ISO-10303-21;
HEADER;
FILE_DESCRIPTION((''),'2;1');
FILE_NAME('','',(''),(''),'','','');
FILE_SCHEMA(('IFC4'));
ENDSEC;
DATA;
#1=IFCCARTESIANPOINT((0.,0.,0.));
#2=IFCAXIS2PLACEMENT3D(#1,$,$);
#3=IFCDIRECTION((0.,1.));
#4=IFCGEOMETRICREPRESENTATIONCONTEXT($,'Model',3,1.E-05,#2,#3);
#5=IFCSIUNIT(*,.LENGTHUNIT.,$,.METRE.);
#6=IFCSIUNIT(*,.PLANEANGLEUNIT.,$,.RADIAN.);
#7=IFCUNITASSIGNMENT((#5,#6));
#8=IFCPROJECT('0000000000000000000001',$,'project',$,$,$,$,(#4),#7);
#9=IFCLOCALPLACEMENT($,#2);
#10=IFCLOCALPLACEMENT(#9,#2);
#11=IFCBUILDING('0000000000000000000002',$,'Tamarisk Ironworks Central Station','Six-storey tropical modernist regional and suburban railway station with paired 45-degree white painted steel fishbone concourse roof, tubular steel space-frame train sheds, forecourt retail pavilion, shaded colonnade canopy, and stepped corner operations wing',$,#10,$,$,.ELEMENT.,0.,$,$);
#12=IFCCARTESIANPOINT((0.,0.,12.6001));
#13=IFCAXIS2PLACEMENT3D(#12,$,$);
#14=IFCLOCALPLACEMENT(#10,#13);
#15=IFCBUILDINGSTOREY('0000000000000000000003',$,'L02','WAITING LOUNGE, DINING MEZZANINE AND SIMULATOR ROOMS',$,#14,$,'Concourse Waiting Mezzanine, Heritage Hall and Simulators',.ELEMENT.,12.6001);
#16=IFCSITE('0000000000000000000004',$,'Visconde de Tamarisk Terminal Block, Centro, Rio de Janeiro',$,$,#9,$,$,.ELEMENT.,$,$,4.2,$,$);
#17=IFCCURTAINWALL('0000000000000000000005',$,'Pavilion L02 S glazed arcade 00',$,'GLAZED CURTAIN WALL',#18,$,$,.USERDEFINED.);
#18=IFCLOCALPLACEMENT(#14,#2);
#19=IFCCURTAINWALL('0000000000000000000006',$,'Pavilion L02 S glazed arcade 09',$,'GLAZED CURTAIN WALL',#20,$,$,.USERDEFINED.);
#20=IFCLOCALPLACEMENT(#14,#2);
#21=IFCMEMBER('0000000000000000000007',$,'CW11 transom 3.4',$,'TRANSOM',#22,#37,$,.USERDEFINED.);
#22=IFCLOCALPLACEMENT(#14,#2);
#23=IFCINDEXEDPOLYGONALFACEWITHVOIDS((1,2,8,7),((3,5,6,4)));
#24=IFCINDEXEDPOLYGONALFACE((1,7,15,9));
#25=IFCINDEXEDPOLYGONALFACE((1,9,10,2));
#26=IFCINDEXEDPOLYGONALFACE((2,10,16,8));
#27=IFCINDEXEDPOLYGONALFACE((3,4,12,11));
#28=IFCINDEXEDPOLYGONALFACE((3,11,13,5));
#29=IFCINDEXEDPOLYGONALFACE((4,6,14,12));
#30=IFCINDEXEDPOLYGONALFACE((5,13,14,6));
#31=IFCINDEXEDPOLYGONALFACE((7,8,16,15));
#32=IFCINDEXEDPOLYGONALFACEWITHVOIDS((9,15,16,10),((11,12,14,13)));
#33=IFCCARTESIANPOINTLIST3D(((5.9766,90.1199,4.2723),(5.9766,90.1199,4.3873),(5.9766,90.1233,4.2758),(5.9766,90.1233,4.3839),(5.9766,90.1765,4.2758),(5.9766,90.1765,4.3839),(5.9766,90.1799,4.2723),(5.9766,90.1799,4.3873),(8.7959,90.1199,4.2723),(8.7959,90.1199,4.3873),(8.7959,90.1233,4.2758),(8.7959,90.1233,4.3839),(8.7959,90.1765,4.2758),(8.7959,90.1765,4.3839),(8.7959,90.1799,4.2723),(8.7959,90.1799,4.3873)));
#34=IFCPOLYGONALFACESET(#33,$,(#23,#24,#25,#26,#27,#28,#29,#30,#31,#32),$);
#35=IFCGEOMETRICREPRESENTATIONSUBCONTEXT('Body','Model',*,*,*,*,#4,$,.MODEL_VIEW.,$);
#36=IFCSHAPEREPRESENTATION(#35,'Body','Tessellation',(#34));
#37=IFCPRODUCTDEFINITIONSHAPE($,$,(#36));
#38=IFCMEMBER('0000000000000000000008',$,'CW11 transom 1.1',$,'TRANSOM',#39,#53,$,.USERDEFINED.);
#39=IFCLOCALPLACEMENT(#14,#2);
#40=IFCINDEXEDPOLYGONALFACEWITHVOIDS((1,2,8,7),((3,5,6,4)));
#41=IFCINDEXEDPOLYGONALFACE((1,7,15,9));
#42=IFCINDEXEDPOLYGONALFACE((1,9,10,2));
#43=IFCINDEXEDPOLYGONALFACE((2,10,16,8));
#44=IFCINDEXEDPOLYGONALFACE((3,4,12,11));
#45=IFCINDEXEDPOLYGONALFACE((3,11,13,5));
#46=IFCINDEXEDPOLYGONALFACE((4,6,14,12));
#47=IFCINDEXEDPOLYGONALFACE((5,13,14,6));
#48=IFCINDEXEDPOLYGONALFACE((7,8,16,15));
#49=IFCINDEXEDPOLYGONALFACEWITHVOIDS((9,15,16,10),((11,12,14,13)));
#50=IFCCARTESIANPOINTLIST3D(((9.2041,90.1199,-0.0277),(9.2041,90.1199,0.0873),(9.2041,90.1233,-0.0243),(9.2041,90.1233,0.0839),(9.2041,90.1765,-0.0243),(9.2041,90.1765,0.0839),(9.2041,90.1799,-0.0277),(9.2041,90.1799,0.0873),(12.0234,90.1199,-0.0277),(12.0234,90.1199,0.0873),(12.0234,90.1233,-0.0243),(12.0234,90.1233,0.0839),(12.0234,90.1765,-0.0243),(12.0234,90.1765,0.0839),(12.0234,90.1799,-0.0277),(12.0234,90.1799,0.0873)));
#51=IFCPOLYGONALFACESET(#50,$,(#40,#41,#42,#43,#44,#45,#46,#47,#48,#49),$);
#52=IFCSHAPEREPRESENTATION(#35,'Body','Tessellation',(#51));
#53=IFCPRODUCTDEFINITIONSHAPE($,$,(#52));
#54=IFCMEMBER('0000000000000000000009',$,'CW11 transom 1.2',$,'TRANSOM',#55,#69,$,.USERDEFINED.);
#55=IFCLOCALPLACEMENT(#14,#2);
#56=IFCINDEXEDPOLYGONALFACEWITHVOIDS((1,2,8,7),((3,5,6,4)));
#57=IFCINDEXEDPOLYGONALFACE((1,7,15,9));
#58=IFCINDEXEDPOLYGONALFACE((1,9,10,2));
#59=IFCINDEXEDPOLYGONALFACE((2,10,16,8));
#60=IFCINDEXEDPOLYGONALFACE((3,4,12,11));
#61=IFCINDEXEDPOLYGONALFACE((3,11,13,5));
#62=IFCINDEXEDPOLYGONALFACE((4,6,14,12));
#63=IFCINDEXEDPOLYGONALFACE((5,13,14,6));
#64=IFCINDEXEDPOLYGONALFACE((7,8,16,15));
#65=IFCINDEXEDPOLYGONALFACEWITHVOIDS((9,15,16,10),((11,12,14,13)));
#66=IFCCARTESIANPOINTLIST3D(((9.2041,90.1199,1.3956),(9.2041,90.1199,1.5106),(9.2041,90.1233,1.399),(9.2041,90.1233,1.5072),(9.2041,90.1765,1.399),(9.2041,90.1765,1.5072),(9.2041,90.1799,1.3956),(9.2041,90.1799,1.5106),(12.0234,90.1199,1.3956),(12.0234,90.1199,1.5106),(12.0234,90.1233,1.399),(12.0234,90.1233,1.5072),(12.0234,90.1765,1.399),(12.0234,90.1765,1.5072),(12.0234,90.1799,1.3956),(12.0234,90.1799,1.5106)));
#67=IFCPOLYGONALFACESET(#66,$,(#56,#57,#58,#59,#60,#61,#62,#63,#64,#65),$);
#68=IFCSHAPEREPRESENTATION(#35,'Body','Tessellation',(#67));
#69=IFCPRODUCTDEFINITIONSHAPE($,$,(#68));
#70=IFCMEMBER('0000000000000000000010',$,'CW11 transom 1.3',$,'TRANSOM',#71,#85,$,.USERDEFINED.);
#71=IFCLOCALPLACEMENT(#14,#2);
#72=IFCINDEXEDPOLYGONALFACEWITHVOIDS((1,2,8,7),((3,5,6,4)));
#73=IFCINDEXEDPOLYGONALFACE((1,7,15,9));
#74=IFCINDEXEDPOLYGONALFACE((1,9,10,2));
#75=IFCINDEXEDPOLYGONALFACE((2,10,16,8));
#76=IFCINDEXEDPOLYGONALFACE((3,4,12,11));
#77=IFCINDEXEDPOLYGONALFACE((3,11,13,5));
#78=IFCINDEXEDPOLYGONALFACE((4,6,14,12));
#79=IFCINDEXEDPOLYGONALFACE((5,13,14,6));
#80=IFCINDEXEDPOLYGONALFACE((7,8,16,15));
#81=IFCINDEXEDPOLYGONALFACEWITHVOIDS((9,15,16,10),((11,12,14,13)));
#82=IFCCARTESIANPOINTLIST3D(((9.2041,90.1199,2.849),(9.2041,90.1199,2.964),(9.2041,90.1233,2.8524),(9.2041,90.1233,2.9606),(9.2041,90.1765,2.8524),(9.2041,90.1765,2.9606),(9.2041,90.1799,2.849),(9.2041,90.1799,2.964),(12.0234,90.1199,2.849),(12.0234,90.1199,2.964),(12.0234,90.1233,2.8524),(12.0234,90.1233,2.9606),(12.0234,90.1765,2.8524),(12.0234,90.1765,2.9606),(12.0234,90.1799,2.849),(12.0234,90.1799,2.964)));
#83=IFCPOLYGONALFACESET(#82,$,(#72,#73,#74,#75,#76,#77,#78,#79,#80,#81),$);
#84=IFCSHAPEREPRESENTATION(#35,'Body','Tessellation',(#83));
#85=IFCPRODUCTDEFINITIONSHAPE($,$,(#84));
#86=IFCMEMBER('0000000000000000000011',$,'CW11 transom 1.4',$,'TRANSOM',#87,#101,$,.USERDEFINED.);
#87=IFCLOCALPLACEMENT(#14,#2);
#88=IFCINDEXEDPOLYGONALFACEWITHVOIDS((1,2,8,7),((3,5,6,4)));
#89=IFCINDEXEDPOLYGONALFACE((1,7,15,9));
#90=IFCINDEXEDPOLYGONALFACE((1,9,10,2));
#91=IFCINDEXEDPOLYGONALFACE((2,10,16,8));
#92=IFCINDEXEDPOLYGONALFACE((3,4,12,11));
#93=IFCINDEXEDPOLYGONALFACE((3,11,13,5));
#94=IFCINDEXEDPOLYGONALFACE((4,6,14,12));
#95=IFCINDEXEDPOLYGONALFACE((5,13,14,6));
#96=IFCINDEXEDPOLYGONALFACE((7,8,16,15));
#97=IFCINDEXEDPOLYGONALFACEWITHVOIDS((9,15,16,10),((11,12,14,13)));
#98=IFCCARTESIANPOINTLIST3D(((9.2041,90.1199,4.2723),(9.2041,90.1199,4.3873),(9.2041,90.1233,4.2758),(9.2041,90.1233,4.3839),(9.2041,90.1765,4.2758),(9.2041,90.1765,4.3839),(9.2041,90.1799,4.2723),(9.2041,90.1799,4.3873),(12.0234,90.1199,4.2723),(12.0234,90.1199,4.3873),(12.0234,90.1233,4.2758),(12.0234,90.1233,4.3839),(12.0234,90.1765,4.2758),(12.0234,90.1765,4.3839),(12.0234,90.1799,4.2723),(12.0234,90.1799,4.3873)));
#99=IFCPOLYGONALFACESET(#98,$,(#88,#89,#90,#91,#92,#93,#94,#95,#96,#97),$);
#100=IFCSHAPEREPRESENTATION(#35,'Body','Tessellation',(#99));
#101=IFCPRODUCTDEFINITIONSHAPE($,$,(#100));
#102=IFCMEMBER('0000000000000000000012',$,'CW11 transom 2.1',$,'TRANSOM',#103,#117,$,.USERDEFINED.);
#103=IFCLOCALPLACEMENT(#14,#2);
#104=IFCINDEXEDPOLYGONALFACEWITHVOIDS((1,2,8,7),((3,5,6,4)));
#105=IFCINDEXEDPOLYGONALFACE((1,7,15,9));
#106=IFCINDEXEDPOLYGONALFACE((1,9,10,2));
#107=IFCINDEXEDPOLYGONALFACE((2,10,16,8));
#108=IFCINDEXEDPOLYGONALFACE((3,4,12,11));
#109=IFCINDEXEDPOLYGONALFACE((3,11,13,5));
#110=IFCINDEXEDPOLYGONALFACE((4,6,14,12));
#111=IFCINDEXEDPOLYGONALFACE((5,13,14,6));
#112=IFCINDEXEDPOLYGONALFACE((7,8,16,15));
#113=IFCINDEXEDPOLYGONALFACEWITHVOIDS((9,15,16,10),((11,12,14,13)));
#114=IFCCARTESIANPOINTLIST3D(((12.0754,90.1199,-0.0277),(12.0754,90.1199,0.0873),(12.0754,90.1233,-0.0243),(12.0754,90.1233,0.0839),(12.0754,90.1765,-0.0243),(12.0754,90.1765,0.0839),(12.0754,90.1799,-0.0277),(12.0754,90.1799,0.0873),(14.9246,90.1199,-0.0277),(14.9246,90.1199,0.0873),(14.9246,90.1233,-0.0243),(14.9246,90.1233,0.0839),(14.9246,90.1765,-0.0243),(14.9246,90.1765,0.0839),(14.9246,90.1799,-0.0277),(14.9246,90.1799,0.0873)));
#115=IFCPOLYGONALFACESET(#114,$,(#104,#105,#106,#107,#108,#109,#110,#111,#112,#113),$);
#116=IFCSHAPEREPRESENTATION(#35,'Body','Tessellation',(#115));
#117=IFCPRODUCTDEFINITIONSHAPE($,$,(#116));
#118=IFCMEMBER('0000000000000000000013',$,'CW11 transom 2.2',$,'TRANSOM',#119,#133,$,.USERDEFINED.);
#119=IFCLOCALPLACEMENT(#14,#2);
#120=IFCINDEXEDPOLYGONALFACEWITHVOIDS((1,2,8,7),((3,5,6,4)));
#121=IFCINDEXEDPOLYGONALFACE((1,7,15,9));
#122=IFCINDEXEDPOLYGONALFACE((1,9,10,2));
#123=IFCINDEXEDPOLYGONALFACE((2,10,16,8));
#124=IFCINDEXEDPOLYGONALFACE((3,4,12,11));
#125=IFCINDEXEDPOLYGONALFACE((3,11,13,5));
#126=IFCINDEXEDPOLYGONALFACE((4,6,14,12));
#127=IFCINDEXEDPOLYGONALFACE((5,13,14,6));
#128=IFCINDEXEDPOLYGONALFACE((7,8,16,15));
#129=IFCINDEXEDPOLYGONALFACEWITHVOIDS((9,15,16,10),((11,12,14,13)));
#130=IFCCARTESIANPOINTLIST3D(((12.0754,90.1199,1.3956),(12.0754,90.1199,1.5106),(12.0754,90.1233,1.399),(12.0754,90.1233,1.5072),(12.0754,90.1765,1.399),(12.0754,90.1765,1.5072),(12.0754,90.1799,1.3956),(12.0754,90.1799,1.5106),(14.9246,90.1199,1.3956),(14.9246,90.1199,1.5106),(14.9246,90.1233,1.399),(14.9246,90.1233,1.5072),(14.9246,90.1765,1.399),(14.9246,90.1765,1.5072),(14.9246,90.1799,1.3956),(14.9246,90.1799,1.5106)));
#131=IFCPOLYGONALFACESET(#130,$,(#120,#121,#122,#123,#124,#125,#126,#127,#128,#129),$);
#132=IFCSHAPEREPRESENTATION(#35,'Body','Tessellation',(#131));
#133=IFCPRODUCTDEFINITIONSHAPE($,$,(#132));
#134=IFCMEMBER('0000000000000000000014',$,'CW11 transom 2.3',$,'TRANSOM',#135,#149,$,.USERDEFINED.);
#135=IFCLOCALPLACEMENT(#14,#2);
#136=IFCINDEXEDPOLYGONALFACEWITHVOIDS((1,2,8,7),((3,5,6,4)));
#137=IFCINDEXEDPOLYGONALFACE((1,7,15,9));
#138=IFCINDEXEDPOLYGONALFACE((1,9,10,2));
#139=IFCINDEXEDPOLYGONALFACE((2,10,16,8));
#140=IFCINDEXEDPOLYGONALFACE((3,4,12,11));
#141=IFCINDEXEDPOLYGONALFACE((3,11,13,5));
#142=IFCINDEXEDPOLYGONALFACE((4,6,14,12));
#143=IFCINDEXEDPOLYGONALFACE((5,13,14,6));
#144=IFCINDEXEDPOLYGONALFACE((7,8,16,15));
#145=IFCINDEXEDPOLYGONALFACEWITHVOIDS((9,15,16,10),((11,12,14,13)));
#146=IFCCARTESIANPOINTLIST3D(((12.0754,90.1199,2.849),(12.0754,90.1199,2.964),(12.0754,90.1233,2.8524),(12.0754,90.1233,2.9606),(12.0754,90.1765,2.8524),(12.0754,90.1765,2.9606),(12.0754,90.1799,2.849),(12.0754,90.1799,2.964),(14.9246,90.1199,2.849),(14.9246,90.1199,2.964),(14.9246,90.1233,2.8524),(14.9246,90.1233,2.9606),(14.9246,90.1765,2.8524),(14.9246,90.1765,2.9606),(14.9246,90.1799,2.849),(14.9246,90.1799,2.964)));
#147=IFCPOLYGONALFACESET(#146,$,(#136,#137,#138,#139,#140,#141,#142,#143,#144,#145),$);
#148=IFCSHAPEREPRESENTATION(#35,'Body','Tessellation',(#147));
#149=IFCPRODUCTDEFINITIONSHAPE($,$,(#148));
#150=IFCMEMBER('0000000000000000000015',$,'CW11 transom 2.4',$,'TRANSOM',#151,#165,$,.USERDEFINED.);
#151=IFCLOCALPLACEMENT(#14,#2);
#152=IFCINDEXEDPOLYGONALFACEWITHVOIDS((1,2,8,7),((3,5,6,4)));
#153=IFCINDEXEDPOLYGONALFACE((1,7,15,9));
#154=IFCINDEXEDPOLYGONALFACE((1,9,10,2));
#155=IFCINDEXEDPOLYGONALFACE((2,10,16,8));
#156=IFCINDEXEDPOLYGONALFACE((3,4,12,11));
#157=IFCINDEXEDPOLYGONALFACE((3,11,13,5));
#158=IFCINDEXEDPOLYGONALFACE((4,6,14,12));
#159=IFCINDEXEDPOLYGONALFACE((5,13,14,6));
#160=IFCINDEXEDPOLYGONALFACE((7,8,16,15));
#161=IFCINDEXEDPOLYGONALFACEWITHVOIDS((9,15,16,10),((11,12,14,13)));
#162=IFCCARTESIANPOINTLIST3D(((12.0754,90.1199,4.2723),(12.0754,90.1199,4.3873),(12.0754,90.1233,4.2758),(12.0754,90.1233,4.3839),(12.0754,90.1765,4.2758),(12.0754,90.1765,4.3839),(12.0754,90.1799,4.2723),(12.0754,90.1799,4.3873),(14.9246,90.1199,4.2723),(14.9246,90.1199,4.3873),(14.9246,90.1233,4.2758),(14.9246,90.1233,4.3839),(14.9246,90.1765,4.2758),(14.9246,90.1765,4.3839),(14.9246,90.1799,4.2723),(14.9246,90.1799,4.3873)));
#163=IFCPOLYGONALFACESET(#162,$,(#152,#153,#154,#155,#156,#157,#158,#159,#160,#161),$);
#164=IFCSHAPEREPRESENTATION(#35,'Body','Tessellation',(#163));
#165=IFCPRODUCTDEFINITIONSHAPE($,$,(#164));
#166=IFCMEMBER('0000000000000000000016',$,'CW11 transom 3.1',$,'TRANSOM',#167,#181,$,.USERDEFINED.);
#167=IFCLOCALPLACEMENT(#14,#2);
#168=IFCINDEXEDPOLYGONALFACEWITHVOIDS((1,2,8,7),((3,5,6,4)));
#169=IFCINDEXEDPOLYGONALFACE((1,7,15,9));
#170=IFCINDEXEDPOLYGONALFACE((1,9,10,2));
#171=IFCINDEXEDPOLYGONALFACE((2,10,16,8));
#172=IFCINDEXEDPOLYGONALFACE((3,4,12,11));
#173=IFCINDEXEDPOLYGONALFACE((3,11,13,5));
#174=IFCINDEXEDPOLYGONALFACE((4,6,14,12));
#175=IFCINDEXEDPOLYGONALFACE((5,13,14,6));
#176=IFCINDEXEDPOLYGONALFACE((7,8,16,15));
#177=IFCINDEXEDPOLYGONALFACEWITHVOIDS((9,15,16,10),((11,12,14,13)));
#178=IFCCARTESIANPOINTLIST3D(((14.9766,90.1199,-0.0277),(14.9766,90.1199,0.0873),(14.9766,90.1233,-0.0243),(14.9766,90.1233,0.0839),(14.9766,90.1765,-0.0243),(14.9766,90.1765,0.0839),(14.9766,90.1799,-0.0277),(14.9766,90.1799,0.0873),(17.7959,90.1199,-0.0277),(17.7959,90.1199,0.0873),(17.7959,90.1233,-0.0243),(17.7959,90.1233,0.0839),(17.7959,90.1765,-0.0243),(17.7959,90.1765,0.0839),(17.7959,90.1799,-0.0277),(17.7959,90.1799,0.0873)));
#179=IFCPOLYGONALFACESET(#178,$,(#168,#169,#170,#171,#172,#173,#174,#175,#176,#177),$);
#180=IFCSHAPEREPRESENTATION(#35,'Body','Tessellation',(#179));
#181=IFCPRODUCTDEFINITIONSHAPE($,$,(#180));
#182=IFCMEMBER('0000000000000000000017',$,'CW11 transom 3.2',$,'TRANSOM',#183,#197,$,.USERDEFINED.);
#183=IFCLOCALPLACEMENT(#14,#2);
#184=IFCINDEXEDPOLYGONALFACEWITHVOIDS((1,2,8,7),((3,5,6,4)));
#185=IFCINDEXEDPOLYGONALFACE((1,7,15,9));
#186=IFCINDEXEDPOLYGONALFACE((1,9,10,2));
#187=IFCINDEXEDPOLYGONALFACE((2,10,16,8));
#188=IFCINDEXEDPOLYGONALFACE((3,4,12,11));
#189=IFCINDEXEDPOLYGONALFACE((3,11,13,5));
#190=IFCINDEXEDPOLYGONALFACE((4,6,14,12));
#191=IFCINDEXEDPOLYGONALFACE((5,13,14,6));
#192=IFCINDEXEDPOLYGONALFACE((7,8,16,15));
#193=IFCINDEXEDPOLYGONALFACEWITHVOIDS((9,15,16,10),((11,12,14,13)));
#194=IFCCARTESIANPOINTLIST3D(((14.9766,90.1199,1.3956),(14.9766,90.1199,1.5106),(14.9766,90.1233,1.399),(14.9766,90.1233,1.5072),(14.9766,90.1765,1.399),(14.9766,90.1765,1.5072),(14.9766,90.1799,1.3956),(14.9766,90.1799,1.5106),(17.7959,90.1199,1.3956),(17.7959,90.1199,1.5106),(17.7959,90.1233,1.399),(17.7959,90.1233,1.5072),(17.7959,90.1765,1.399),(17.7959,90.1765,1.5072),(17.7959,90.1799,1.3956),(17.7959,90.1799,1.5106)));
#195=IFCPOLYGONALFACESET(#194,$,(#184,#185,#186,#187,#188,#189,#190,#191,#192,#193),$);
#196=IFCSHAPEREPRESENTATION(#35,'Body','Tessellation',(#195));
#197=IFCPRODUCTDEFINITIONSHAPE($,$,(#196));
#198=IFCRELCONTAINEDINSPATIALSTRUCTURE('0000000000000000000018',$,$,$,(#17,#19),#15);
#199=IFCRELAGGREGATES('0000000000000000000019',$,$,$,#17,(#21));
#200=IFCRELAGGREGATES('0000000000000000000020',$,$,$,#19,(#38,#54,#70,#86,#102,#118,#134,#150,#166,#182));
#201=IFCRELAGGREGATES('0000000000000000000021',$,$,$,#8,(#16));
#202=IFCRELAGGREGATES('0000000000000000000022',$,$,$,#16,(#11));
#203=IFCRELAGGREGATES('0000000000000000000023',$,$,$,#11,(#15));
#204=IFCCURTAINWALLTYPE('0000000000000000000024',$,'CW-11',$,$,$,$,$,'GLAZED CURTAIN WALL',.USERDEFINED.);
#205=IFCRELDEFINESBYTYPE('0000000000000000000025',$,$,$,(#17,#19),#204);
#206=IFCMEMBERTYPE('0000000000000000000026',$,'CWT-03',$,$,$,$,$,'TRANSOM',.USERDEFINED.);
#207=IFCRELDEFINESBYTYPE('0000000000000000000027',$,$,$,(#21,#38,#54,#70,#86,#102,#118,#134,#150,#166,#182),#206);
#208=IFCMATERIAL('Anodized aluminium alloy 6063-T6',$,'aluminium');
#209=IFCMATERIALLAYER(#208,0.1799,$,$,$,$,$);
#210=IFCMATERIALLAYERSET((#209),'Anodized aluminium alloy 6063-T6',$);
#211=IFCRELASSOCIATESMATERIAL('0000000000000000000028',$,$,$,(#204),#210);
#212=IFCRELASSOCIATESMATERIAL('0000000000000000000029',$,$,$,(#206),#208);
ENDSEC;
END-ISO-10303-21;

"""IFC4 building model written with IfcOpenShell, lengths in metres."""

from ifc_helpers import new_model, si_unit, direction, frame, origin, origin_2d, place, context, subcontext, project, spatial, hollow_rectangle, extrude, material, layer, layer_set, material_profile, profile_set, type_object, element, aggregate, save


model = new_model("IFC4")

# Units and contexts
model_context = context("Model", 3, precision=1e-05, world=origin(), true_north=direction((0.0, 1.0)))
body_context = subcontext(model_context, "Body", "Model", "MODEL_VIEW")
ifc_project = project(units=[si_unit("LENGTHUNIT", "METRE"), si_unit("PLANEANGLEUNIT", "RADIAN")], contexts=[model_context])

# Site, building, storey
site_placement = place(None, origin())
site = spatial("IfcSite", under=ifc_project, at=site_placement, Name="Visconde de Tamarisk Terminal Block, Centro, Rio de Janeiro", CompositionType="ELEMENT", RefElevation=4.2)
building_placement = place(site_placement, origin())
building = spatial("IfcBuilding", under=site, at=building_placement, Name="Tamarisk Ironworks Central Station", Description="Six-storey tropical modernist regional and suburban railway station with paired 45-degree white painted steel fishbone concourse roof, tubular steel space-frame train sheds, forecourt retail pavilion, shaded colonnade canopy, and stepped corner operations wing", CompositionType="ELEMENT", ElevationOfRefHeight=0.0)
storey_placement = place(building_placement, frame((0.0, 0.0, 12.6001)))
storey = spatial("IfcBuildingStorey", under=building, at=storey_placement, Name="L02", Description="WAITING LOUNGE, DINING MEZZANINE AND SIMULATOR ROOMS", LongName="Concourse Waiting Mezzanine, Heritage Hall and Simulators", CompositionType="ELEMENT", Elevation=12.6001)

# Curtain wall
ifc_material_1 = material(Name="Anodized aluminium alloy 6063-T6", Category="aluminium")
ifc_layer_1 = layer(ifc_material_1, 0.1799)
ifc_layer_set_1 = layer_set([ifc_layer_1], Name="Anodized aluminium alloy 6063-T6")
curtain_wall_type = type_object("IfcCurtainWallType", Name="CW-11", ElementType="GLAZED CURTAIN WALL", PredefinedType="USERDEFINED", material=ifc_layer_set_1)
curtain_wall_1_placement = place(storey_placement, origin())
curtain_wall_1 = element("IfcCurtainWall", 1, at=curtain_wall_1_placement, inside=storey, type_object=curtain_wall_type, Name="Pavilion L02 S glazed arcade 00", ObjectType="GLAZED CURTAIN WALL", PredefinedType="USERDEFINED")

# Curtain wall
curtain_wall_2_placement = place(storey_placement, origin())
curtain_wall_2 = element("IfcCurtainWall", 2, at=curtain_wall_2_placement, inside=storey, type_object=curtain_wall_type, Name="Pavilion L02 S glazed arcade 09", ObjectType="GLAZED CURTAIN WALL", PredefinedType="USERDEFINED")

# Members
ifc_material_profile_1 = material_profile(ifc_material_1, hollow_rectangle(XDim=0.0601, YDim=0.115, WallThickness=0.0034, at=origin_2d()), Name="ALUM 115x60")
ifc_profile_set_1 = profile_set([ifc_material_profile_1], Name="Anodized aluminium alloy 6063-T6")
member_type_1 = type_object("IfcMemberType", Name="CWT-03", ElementType="TRANSOM", PredefinedType="USERDEFINED", material=ifc_profile_set_1)
member_1_placement = place(storey_placement, frame((5.9766, 90.1499, 4.3298), z_axis=(1.0, 0.0, 0.0), x_axis=(0.0, 1.0, 0.0)))
member_1 = element("IfcMember", 3, at=member_1_placement, type_object=member_type_1, Name="CW11 transom 3.4", ObjectType="TRANSOM", PredefinedType="USERDEFINED", context=body_context, shape_type="SweptSolid", body=[
    extrude(hollow_rectangle(XDim=0.0601, YDim=0.115, WallThickness=0.0034, at=origin_2d()), origin(), (0.0, 0.0, 1.0), 2.8193),
])
member_2_placement = place(storey_placement, frame((9.2041, 90.1499, 0.0298), z_axis=(1.0, 0.0, 0.0), x_axis=(0.0, 1.0, 0.0)))
member_2 = element("IfcMember", 4, at=member_2_placement, type_object=member_type_1, Name="CW11 transom 1.1", ObjectType="TRANSOM", PredefinedType="USERDEFINED", context=body_context, shape_type="SweptSolid", body=[
    extrude(hollow_rectangle(XDim=0.0601, YDim=0.115, WallThickness=0.0034, at=origin_2d()), origin(), (0.0, 0.0, 1.0), 2.8193),
])
member_3_placement = place(storey_placement, frame((9.2041, 90.1499, 1.4531), z_axis=(1.0, 0.0, 0.0), x_axis=(0.0, 1.0, 0.0)))
member_3 = element("IfcMember", 5, at=member_3_placement, type_object=member_type_1, Name="CW11 transom 1.2", ObjectType="TRANSOM", PredefinedType="USERDEFINED", context=body_context, shape_type="SweptSolid", body=[
    extrude(hollow_rectangle(XDim=0.0601, YDim=0.115, WallThickness=0.0034, at=origin_2d()), origin(), (0.0, 0.0, 1.0), 2.8193),
])
member_4_placement = place(storey_placement, frame((9.2041, 90.1499, 2.9065), z_axis=(1.0, 0.0, 0.0), x_axis=(0.0, 1.0, 0.0)))
member_4 = element("IfcMember", 6, at=member_4_placement, type_object=member_type_1, Name="CW11 transom 1.3", ObjectType="TRANSOM", PredefinedType="USERDEFINED", context=body_context, shape_type="SweptSolid", body=[
    extrude(hollow_rectangle(XDim=0.0601, YDim=0.115, WallThickness=0.0034, at=origin_2d()), origin(), (0.0, 0.0, 1.0), 2.8193),
])
member_5_placement = place(storey_placement, frame((9.2041, 90.1499, 4.3298), z_axis=(1.0, 0.0, 0.0), x_axis=(0.0, 1.0, 0.0)))
member_5 = element("IfcMember", 7, at=member_5_placement, type_object=member_type_1, Name="CW11 transom 1.4", ObjectType="TRANSOM", PredefinedType="USERDEFINED", context=body_context, shape_type="SweptSolid", body=[
    extrude(hollow_rectangle(XDim=0.0601, YDim=0.115, WallThickness=0.0034, at=origin_2d()), origin(), (0.0, 0.0, 1.0), 2.8193),
])
member_6_placement = place(storey_placement, frame((12.0754, 90.1499, 0.0298), z_axis=(1.0, 0.0, 0.0), x_axis=(0.0, 1.0, 0.0)))
member_6 = element("IfcMember", 8, at=member_6_placement, type_object=member_type_1, Name="CW11 transom 2.1", ObjectType="TRANSOM", PredefinedType="USERDEFINED", context=body_context, shape_type="SweptSolid", body=[
    extrude(hollow_rectangle(XDim=0.0601, YDim=0.115, WallThickness=0.0034, at=origin_2d()), origin(), (0.0, 0.0, 1.0), 2.8491),
])
member_7_placement = place(storey_placement, frame((12.0754, 90.1499, 1.4531), z_axis=(1.0, 0.0, 0.0), x_axis=(0.0, 1.0, 0.0)))
member_7 = element("IfcMember", 9, at=member_7_placement, type_object=member_type_1, Name="CW11 transom 2.2", ObjectType="TRANSOM", PredefinedType="USERDEFINED", context=body_context, shape_type="SweptSolid", body=[
    extrude(hollow_rectangle(XDim=0.0601, YDim=0.115, WallThickness=0.0034, at=origin_2d()), origin(), (0.0, 0.0, 1.0), 2.8491),
])
member_8_placement = place(storey_placement, frame((12.0754, 90.1499, 2.9065), z_axis=(1.0, 0.0, 0.0), x_axis=(0.0, 1.0, 0.0)))
member_8 = element("IfcMember", 10, at=member_8_placement, type_object=member_type_1, Name="CW11 transom 2.3", ObjectType="TRANSOM", PredefinedType="USERDEFINED", context=body_context, shape_type="SweptSolid", body=[
    extrude(hollow_rectangle(XDim=0.0601, YDim=0.115, WallThickness=0.0034, at=origin_2d()), origin(), (0.0, 0.0, 1.0), 2.8491),
])
member_9_placement = place(storey_placement, frame((12.0754, 90.1499, 4.3298), z_axis=(1.0, 0.0, 0.0), x_axis=(0.0, 1.0, 0.0)))
member_9 = element("IfcMember", 11, at=member_9_placement, type_object=member_type_1, Name="CW11 transom 2.4", ObjectType="TRANSOM", PredefinedType="USERDEFINED", context=body_context, shape_type="SweptSolid", body=[
    extrude(hollow_rectangle(XDim=0.0601, YDim=0.115, WallThickness=0.0034, at=origin_2d()), origin(), (0.0, 0.0, 1.0), 2.8491),
])
member_10_placement = place(storey_placement, frame((14.9766, 90.1499, 0.0298), z_axis=(1.0, 0.0, 0.0), x_axis=(0.0, 1.0, 0.0)))
member_10 = element("IfcMember", 12, at=member_10_placement, type_object=member_type_1, Name="CW11 transom 3.1", ObjectType="TRANSOM", PredefinedType="USERDEFINED", context=body_context, shape_type="SweptSolid", body=[
    extrude(hollow_rectangle(XDim=0.0601, YDim=0.115, WallThickness=0.0034, at=origin_2d()), origin(), (0.0, 0.0, 1.0), 2.8193),
])
member_11_placement = place(storey_placement, frame((14.9766, 90.1499, 1.4531), z_axis=(1.0, 0.0, 0.0), x_axis=(0.0, 1.0, 0.0)))
member_11 = element("IfcMember", 13, at=member_11_placement, type_object=member_type_1, Name="CW11 transom 3.2", ObjectType="TRANSOM", PredefinedType="USERDEFINED", context=body_context, shape_type="SweptSolid", body=[
    extrude(hollow_rectangle(XDim=0.0601, YDim=0.115, WallThickness=0.0034, at=origin_2d()), origin(), (0.0, 0.0, 1.0), 2.8193),
])

aggregate(curtain_wall_1, [member_1])
aggregate(curtain_wall_2, [member_2, member_3, member_4, member_5, member_6, member_7, member_8, member_9, member_10, member_11])

save(model, "model.ifc")
